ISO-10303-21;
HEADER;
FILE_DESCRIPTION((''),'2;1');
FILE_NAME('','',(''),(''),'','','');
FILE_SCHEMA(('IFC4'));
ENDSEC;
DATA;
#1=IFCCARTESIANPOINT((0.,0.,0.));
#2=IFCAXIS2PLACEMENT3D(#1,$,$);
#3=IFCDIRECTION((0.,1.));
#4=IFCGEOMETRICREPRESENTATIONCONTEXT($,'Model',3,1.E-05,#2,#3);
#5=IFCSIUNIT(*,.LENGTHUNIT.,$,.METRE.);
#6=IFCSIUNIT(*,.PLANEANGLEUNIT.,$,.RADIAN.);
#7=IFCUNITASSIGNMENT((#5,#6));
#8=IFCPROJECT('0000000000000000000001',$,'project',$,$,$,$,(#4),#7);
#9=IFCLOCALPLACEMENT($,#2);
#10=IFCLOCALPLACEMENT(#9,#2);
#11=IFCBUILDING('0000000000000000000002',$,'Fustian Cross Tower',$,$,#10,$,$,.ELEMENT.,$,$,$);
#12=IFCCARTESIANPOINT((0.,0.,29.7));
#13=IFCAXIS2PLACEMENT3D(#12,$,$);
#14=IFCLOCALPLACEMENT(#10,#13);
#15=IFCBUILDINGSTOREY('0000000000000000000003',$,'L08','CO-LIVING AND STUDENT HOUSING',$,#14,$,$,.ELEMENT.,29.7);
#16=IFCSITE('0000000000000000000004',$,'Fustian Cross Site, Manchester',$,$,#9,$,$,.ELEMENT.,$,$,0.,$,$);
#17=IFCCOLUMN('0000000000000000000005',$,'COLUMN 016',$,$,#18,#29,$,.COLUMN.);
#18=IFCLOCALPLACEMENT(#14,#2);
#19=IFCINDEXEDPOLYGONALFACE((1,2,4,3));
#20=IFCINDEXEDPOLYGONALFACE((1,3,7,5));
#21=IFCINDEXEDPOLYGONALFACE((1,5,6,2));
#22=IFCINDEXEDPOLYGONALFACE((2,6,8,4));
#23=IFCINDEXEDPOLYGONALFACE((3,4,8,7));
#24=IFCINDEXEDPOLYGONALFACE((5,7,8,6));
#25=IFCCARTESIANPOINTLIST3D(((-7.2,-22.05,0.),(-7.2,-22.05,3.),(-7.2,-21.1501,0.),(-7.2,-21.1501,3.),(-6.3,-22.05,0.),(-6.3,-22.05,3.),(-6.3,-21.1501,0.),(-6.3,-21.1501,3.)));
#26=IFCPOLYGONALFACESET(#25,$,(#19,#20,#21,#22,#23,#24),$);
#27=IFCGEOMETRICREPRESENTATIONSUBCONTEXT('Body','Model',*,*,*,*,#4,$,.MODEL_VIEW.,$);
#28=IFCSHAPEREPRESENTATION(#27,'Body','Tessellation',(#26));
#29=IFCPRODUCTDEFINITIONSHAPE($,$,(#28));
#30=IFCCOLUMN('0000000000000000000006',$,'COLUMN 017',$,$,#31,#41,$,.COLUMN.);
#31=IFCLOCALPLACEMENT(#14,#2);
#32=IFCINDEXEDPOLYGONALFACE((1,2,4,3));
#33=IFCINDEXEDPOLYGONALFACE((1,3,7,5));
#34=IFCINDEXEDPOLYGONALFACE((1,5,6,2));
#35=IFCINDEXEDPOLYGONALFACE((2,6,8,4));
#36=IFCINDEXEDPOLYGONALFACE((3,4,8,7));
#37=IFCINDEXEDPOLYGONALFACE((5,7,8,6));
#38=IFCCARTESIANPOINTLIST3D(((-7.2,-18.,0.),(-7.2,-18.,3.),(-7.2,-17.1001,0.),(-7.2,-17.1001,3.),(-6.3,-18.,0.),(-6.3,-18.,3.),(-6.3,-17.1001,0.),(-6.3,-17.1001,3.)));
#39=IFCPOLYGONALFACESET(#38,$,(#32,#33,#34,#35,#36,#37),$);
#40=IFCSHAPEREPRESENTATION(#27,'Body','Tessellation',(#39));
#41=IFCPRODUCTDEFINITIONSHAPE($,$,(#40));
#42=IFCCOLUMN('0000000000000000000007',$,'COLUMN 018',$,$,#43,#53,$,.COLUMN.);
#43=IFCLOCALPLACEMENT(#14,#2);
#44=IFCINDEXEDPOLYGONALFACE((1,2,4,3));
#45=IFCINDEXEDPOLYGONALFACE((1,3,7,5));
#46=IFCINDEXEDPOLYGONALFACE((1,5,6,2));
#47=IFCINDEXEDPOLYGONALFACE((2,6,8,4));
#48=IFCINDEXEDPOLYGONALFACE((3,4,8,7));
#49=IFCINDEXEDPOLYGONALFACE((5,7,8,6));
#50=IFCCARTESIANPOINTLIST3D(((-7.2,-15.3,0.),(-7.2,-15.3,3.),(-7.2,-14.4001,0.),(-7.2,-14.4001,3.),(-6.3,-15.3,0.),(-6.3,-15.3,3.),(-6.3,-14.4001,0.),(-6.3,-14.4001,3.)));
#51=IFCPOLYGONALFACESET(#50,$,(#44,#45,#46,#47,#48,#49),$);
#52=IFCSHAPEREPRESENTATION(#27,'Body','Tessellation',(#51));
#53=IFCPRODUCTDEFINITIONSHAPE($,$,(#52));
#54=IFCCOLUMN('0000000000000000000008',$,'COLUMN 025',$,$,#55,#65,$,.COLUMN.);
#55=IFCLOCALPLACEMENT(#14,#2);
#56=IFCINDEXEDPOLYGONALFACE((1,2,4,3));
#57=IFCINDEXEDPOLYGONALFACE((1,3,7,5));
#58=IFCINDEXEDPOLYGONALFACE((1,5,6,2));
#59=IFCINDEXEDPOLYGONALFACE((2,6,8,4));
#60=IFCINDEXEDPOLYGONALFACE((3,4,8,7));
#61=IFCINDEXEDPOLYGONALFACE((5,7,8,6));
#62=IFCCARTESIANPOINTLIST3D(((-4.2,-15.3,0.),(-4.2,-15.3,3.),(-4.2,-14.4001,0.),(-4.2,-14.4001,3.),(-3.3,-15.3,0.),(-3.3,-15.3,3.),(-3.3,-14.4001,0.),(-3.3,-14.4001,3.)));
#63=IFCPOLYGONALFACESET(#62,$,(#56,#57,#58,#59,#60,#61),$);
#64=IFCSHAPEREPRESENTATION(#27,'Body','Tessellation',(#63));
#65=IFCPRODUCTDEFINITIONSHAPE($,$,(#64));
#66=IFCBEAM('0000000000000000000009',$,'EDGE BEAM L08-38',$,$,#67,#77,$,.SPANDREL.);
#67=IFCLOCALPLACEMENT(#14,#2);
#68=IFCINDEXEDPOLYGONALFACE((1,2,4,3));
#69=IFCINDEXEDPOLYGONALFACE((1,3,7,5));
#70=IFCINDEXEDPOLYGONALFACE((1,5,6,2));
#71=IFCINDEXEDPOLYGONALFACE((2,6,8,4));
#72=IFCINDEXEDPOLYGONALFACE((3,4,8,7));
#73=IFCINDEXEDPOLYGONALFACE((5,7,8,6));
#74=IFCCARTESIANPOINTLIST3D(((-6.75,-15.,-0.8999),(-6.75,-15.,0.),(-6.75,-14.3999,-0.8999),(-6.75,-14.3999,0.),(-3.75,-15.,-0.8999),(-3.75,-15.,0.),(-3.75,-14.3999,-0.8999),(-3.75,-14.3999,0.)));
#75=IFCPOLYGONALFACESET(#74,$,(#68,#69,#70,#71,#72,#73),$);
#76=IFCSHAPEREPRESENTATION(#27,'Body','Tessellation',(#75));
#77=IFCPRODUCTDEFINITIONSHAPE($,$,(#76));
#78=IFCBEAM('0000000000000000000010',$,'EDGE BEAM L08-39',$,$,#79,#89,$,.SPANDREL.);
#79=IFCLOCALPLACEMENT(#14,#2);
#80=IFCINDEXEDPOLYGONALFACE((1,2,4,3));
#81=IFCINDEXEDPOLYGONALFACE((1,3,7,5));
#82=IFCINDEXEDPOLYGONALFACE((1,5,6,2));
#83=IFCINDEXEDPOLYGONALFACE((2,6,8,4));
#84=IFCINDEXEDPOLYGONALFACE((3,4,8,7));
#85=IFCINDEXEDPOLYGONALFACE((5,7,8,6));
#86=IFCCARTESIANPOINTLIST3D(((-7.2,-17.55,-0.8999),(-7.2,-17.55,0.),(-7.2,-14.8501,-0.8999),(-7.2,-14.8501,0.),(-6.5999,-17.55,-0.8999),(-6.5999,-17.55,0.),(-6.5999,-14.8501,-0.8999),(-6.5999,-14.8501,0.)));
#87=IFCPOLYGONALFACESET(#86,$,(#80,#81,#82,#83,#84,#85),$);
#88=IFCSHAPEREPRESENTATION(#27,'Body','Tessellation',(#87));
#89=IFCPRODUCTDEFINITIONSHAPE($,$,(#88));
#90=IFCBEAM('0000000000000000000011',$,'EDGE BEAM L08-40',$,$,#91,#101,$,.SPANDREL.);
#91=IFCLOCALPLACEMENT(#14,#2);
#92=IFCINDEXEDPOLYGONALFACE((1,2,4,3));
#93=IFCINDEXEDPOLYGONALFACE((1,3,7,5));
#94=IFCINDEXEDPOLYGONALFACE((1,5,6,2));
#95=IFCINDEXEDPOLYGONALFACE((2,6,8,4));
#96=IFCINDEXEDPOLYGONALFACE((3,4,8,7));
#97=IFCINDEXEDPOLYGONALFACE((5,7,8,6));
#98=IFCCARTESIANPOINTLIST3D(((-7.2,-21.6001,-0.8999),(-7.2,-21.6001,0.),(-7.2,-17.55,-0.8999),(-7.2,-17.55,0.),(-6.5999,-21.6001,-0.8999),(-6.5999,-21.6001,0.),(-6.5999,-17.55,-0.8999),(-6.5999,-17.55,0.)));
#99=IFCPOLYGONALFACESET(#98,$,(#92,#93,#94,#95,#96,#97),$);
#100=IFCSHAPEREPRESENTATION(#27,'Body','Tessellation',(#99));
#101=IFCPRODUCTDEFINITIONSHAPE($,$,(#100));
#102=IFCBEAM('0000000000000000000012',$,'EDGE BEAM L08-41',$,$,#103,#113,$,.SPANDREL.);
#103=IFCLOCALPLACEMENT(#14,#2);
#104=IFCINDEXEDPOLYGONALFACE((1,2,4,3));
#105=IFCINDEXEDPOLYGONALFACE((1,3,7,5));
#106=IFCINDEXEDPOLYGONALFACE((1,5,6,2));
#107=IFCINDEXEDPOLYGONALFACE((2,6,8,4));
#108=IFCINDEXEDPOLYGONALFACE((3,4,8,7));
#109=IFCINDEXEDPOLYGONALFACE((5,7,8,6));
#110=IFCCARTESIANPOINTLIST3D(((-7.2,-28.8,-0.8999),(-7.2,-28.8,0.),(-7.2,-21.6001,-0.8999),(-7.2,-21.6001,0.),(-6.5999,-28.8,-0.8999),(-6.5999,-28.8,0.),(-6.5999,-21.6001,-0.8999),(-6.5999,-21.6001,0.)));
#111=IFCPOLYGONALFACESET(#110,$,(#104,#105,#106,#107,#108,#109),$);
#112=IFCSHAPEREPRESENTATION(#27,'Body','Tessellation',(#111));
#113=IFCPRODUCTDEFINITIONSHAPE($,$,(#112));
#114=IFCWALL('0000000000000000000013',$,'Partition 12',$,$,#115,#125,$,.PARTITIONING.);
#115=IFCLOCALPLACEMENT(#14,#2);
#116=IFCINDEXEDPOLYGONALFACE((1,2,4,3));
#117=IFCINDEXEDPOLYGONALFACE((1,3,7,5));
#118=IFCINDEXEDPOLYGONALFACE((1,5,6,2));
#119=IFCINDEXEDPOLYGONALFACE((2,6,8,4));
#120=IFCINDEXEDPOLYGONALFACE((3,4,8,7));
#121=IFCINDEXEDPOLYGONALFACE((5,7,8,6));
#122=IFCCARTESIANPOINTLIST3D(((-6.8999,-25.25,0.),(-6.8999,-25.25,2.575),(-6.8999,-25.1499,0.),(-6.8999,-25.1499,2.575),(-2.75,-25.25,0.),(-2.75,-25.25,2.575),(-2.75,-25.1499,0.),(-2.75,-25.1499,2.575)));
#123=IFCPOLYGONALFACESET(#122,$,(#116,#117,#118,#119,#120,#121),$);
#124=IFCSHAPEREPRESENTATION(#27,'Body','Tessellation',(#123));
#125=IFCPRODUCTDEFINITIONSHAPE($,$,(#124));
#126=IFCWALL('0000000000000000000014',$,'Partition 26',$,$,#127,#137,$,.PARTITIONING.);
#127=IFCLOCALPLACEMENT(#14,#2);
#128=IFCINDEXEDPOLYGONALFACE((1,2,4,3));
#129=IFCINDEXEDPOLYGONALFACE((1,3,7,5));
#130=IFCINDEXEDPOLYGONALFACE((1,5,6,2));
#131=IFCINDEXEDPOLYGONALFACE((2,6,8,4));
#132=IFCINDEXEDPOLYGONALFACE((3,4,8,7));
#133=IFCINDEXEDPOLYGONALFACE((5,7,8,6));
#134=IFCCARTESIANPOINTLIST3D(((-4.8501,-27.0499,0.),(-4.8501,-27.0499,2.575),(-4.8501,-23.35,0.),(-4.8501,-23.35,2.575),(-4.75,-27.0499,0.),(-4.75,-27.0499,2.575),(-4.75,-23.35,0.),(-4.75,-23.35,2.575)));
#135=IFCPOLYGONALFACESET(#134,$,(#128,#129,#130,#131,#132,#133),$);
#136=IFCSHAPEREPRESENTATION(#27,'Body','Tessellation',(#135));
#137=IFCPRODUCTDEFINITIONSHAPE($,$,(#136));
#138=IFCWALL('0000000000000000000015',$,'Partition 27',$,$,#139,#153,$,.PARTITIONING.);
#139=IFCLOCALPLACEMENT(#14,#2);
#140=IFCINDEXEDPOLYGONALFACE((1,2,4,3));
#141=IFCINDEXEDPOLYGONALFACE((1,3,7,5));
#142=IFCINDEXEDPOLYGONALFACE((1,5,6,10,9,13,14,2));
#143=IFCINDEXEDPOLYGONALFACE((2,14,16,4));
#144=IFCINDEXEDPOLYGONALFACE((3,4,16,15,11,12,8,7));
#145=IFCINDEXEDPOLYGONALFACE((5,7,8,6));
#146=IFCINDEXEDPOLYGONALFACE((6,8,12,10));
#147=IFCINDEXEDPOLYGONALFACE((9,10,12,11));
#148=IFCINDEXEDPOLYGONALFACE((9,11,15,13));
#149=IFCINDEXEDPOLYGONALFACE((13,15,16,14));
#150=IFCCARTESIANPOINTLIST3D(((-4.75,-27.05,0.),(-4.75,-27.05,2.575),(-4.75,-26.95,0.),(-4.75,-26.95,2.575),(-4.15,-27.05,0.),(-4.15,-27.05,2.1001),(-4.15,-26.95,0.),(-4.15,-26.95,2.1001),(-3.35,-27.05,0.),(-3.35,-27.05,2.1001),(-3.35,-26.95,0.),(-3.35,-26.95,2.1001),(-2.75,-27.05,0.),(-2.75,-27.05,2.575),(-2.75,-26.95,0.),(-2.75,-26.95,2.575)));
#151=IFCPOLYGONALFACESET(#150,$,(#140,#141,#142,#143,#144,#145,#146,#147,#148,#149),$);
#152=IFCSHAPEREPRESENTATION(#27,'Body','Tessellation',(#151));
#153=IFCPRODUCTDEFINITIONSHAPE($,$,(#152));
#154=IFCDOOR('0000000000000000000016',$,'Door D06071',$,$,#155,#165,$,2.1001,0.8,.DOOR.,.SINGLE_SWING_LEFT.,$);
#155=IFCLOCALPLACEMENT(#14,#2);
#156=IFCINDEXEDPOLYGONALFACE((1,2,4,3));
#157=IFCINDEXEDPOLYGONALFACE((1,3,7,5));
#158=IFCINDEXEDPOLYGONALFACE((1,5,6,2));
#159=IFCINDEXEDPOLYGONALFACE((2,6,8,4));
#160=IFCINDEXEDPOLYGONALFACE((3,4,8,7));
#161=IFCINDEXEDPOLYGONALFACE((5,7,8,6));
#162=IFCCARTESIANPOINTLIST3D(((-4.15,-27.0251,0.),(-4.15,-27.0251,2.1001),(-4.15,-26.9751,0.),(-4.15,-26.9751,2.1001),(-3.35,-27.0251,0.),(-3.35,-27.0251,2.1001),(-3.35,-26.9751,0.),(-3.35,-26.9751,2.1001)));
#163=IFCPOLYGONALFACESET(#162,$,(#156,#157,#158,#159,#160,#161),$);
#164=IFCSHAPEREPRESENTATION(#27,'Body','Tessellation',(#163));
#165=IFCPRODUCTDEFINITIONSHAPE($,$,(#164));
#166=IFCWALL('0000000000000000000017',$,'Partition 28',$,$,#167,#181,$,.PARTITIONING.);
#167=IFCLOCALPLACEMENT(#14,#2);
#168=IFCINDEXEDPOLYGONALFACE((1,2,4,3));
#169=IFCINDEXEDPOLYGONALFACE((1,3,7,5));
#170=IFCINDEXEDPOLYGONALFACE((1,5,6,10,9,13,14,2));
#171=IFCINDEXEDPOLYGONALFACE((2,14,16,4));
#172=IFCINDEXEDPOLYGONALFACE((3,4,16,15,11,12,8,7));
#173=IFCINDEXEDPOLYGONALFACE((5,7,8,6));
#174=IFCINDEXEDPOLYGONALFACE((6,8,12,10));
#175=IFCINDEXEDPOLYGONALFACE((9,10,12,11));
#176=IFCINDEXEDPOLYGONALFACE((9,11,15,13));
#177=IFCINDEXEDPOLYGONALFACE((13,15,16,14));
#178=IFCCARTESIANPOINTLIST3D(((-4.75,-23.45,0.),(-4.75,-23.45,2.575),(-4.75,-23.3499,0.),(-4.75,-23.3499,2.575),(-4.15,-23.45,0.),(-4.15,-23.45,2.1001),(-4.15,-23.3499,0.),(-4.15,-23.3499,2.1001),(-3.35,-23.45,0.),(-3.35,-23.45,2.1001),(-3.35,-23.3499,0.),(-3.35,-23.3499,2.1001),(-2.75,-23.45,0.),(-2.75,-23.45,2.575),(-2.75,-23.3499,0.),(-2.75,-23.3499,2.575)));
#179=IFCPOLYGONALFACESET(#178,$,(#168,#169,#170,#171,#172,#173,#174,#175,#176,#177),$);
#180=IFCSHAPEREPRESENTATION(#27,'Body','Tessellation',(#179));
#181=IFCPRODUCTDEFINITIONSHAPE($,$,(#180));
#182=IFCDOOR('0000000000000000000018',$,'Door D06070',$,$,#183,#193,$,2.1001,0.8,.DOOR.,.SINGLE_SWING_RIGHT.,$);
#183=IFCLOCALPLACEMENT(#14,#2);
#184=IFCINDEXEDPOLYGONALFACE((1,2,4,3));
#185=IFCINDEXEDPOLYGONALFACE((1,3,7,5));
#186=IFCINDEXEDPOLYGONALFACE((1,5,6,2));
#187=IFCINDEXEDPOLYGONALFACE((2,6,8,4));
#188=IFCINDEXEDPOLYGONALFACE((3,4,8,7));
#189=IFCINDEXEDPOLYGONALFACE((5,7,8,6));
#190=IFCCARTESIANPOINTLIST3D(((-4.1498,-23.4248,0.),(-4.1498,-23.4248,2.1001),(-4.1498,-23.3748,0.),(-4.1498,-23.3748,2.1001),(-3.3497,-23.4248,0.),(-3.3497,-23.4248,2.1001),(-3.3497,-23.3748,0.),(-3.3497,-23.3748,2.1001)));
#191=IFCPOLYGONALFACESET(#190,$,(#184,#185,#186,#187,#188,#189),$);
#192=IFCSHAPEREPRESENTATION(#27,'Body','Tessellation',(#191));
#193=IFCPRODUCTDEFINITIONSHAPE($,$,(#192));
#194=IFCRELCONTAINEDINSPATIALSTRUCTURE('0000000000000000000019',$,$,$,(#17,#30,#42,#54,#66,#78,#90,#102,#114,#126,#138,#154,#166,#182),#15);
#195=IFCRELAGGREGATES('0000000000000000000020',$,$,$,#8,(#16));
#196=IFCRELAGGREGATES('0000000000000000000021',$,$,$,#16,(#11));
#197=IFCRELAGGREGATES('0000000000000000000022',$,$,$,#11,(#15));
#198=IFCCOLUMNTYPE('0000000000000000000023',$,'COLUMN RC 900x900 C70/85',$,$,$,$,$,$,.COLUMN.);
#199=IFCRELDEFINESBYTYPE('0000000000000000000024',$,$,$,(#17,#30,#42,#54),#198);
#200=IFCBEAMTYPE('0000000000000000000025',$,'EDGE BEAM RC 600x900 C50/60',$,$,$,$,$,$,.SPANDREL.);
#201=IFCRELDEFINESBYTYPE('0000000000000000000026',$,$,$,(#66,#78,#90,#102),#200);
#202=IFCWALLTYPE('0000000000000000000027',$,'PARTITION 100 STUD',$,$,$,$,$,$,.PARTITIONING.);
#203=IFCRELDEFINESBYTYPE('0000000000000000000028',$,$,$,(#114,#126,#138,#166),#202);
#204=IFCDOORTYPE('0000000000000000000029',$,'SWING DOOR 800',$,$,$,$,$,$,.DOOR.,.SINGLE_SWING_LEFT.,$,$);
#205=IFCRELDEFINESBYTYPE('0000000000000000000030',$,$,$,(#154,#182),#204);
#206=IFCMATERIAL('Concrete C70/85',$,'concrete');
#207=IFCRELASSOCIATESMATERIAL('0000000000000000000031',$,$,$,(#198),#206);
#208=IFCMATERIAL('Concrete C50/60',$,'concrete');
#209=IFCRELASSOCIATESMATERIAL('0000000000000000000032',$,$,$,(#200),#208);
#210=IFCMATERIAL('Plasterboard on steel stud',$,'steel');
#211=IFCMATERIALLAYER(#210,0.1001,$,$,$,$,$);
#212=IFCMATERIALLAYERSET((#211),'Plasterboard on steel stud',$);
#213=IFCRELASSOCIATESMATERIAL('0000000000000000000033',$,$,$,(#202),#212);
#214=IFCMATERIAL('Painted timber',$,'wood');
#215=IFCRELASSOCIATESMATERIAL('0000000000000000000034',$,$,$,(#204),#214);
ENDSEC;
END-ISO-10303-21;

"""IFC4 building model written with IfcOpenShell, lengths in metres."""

from ifc_helpers import new_model, si_unit, direction, frame, frame_2d, origin, origin_2d, place, context, subcontext, project, spatial, rectangle, extrude, material, layer, layer_set, material_profile, profile_set, type_object, element, fill, save


model = new_model("IFC4")

# Units and contexts
model_context = context("Model", 3, precision=1e-05, world=origin(), true_north=direction((0.0, 1.0)))
body_context = subcontext(model_context, "Body", "Model", "MODEL_VIEW")
ifc_project = project(units=[si_unit("LENGTHUNIT", "METRE"), si_unit("PLANEANGLEUNIT", "RADIAN")], contexts=[model_context])

# Site, building, storey
site_placement = place(None, origin())
site = spatial("IfcSite", under=ifc_project, at=site_placement, Name="Fustian Cross Site, Manchester", CompositionType="ELEMENT", RefElevation=0.0)
building_placement = place(site_placement, origin())
building = spatial("IfcBuilding", under=site, at=building_placement, Name="Fustian Cross Tower", CompositionType="ELEMENT")
storey_placement = place(building_placement, frame((0.0, 0.0, 29.7)))
storey = spatial("IfcBuildingStorey", under=building, at=storey_placement, Name="L08", Description="CO-LIVING AND STUDENT HOUSING", CompositionType="ELEMENT", Elevation=29.7)

# Columns
ifc_material_1 = material(Name="Concrete C70/85", Category="concrete")
ifc_material_profile_1 = material_profile(ifc_material_1, rectangle(XDim=0.8999, YDim=0.8999, at=origin_2d()), Name="RC 900x900")
ifc_profile_set_1 = profile_set([ifc_material_profile_1], Name="Concrete C70/85")
column_type = type_object("IfcColumnType", Name="COLUMN RC 900x900 C70/85", PredefinedType="COLUMN", material=ifc_profile_set_1)
for number, where, z_axis, x_axis, name in (
    (1, (-6.75, -21.6001, 0.0), (0.0, 0.0, 1.0), (1.0, 0.0, 0.0), "COLUMN 016"),
    (2, (-6.75, -17.55, 0.0), (0.0, 0.0, 1.0), (1.0, 0.0, 0.0), "COLUMN 017"),
    (3, (-6.75, -14.8501, 0.0), (0.0, 0.0, 1.0), (1.0, 0.0, 0.0), "COLUMN 018"),
    (4, (-3.75, -14.8501, 0.0), (0.0, 0.0, 1.0), (1.0, 0.0, 0.0), "COLUMN 025"),
):
    element("IfcColumn", number, at=place(storey_placement, frame(where, z_axis=z_axis, x_axis=x_axis)), inside=storey, type_object=column_type, Name=name, PredefinedType="COLUMN", context=body_context, shape_type="SweptSolid", body=[
        extrude(rectangle(XDim=0.8999, YDim=0.8999, at=origin_2d()), origin(), (0.0, 0.0, 1.0), 3.0),
    ])

# Beams
ifc_material_2 = material(Name="Concrete C50/60", Category="concrete")
ifc_material_profile_2 = material_profile(ifc_material_2, rectangle(XDim=0.6001, YDim=0.8999, at=origin_2d()), Name="RC 600x900")
ifc_profile_set_2 = profile_set([ifc_material_profile_2], Name="Concrete C50/60")
beam_type = type_object("IfcBeamType", Name="EDGE BEAM RC 600x900 C50/60", PredefinedType="SPANDREL", material=ifc_profile_set_2)
beam_1_placement = place(storey_placement, frame((-3.75, -14.7, -0.45), z_axis=(-1.0, 0.0, 0.0), x_axis=(0.0, -1.0, 0.0)))
element("IfcBeam", 5, at=beam_1_placement, inside=storey, type_object=beam_type, Name="EDGE BEAM L08-38", PredefinedType="SPANDREL", context=body_context, shape_type="SweptSolid", body=[
    extrude(rectangle(XDim=0.6001, YDim=0.8999, at=origin_2d()), origin(), (0.0, 0.0, 1.0), 3.0),
])
beam_2_placement = place(storey_placement, frame((-6.8999, -14.8501, -0.45), z_axis=(0.0, -1.0, 0.0), x_axis=(1.0, 0.0, 0.0)))
element("IfcBeam", 6, at=beam_2_placement, inside=storey, type_object=beam_type, Name="EDGE BEAM L08-39", PredefinedType="SPANDREL", context=body_context, shape_type="SweptSolid", body=[
    extrude(rectangle(XDim=0.6001, YDim=0.8999, at=origin_2d()), origin(), (0.0, 0.0, 1.0), 2.7),
])
beam_3_placement = place(storey_placement, frame((-6.8999, -17.55, -0.45), z_axis=(0.0, -1.0, 0.0), x_axis=(1.0, 0.0, 0.0)))
element("IfcBeam", 7, at=beam_3_placement, inside=storey, type_object=beam_type, Name="EDGE BEAM L08-40", PredefinedType="SPANDREL", context=body_context, shape_type="SweptSolid", body=[
    extrude(rectangle(XDim=0.6001, YDim=0.8999, at=origin_2d()), origin(), (0.0, 0.0, 1.0), 4.05),
])
beam_4_placement = place(storey_placement, frame((-6.8999, -21.6001, -0.45), z_axis=(0.0, -1.0, 0.0), x_axis=(1.0, 0.0, 0.0)))
element("IfcBeam", 8, at=beam_4_placement, inside=storey, type_object=beam_type, Name="EDGE BEAM L08-41", PredefinedType="SPANDREL", context=body_context, shape_type="SweptSolid", body=[
    extrude(rectangle(XDim=0.6001, YDim=0.8999, at=origin_2d()), origin(), (0.0, 0.0, 1.0), 7.2),
])

# Walls
ifc_material_3 = material(Name="Plasterboard on steel stud", Category="steel")
ifc_layer_1 = layer(ifc_material_3, 0.1001)
ifc_layer_set_1 = layer_set([ifc_layer_1], Name="Plasterboard on steel stud")
wall_type_1 = type_object("IfcWallType", Name="PARTITION 100 STUD", PredefinedType="PARTITIONING", material=ifc_layer_set_1)
wall_1_placement = place(storey_placement, frame((-6.8999, -25.2, 0.0), z_axis=(0.0, 0.0, 1.0), x_axis=(1.0, 0.0, 0.0)))
element("IfcWall", 9, at=wall_1_placement, inside=storey, type_object=wall_type_1, Name="Partition 12", PredefinedType="PARTITIONING", context=body_context, shape_type="SweptSolid", body=[
    extrude(rectangle(XDim=4.1499, YDim=0.1001, at=frame_2d((2.075, 0.0))), origin(), (0.0, 0.0, 1.0), 2.575),
])
wall_2_placement = place(storey_placement, frame((-4.8, -27.05, 0.0), z_axis=(0.0, 0.0, 1.0), x_axis=(0.0, 1.0, 0.0)))
element("IfcWall", 10, at=wall_2_placement, inside=storey, type_object=wall_type_1, Name="Partition 26", PredefinedType="PARTITIONING", context=body_context, shape_type="SweptSolid", body=[
    extrude(rectangle(XDim=3.7, YDim=0.1001, at=frame_2d((1.8501, 0.0))), origin(), (0.0, 0.0, 1.0), 2.575),
])

# Walls, openings, doors
wall_3_placement = place(storey_placement, frame((-4.75, -27.0, 0.0), z_axis=(0.0, 0.0, 1.0), x_axis=(1.0, 0.0, 0.0)))
wall_3 = element("IfcWall", 11, at=wall_3_placement, inside=storey, type_object=wall_type_1, Name="Partition 27", PredefinedType="PARTITIONING", context=body_context, shape_type="SweptSolid", body=[
    extrude(rectangle(XDim=2.0, YDim=0.1001, at=frame_2d((1.0, 0.0))), origin(), (0.0, 0.0, 1.0), 2.575),
])
opening_1_placement = place(wall_3_placement, frame((0.6001, 0.0, 0.0)))
opening_1 = element("IfcOpeningElement", 12, at=opening_1_placement, cuts=wall_3, PredefinedType="OPENING", context=body_context, shape_type="SweptSolid", body=[
    extrude(rectangle(XDim=0.8, YDim=2.1001, at=frame_2d((0.3999, 1.05))), frame((0.0, 0.0601, 0.0), z_axis=(0.0, -1.0, 0.0), x_axis=(1.0, 0.0, 0.0)), (0.0, 0.0, 1.0), 0.1201),
])
ifc_material_4 = material(Name="Painted timber", Category="wood")
door_type = type_object("IfcDoorType", Name="SWING DOOR 800", OperationType="SINGLE_SWING_LEFT", PredefinedType="DOOR", material=ifc_material_4)
door_1_placement = place(opening_1_placement, origin())
door_1 = element("IfcDoor", 13, at=door_1_placement, inside=storey, type_object=door_type, Name="Door D06071", OperationType="SINGLE_SWING_LEFT", OverallHeight=2.1001, OverallWidth=0.8, PredefinedType="DOOR", context=body_context, shape_type="SweptSolid", body=[
    extrude(rectangle(XDim=0.8, YDim=2.1001, at=frame_2d((0.3999, 1.05))), frame((0.0, 0.0249, 0.0), z_axis=(0.0, -1.0, 0.0), x_axis=(1.0, 0.0, 0.0)), (0.0, 0.0, 1.0), 0.05),
])
fill(opening_1, door_1)
wall_4_placement = place(storey_placement, frame((-4.75, -23.3999, 0.0), z_axis=(0.0, 0.0, 1.0), x_axis=(1.0, 0.0, 0.0)))
wall_4 = element("IfcWall", 14, at=wall_4_placement, inside=storey, type_object=wall_type_1, Name="Partition 28", PredefinedType="PARTITIONING", context=body_context, shape_type="SweptSolid", body=[
    extrude(rectangle(XDim=2.0, YDim=0.1001, at=frame_2d((1.0, 0.0))), origin(), (0.0, 0.0, 1.0), 2.575),
])
opening_2_placement = place(wall_4_placement, frame((0.6001, 0.0, 0.0)))
opening_2 = element("IfcOpeningElement", 15, at=opening_2_placement, cuts=wall_4, PredefinedType="OPENING", context=body_context, shape_type="SweptSolid", body=[
    extrude(rectangle(XDim=0.8, YDim=2.1001, at=frame_2d((0.3999, 1.05))), frame((0.0, 0.0601, 0.0), z_axis=(0.0, -1.0, 0.0), x_axis=(1.0, 0.0, 0.0)), (0.0, 0.0, 1.0), 0.1201),
])
door_2_placement = place(opening_2_placement, frame((0.8, 0.0, 0.0), z_axis=(0.0, 0.0, 1.0), x_axis=(-1.0, 0.0, 0.0)))
door_2 = element("IfcDoor", 16, at=door_2_placement, inside=storey, type_object=door_type, Name="Door D06070", OperationType="SINGLE_SWING_RIGHT", OverallHeight=2.1001, OverallWidth=0.8, PredefinedType="DOOR", context=body_context, shape_type="SweptSolid", body=[
    extrude(rectangle(XDim=0.8, YDim=2.1001, at=frame_2d((0.3999, 1.05))), frame((0.0, 0.0249, 0.0), z_axis=(0.0, -1.0, 0.0), x_axis=(1.0, 0.0, 0.0)), (0.0, 0.0, 1.0), 0.05),
])
fill(opening_2, door_2)

save(model, "model.ifc")
